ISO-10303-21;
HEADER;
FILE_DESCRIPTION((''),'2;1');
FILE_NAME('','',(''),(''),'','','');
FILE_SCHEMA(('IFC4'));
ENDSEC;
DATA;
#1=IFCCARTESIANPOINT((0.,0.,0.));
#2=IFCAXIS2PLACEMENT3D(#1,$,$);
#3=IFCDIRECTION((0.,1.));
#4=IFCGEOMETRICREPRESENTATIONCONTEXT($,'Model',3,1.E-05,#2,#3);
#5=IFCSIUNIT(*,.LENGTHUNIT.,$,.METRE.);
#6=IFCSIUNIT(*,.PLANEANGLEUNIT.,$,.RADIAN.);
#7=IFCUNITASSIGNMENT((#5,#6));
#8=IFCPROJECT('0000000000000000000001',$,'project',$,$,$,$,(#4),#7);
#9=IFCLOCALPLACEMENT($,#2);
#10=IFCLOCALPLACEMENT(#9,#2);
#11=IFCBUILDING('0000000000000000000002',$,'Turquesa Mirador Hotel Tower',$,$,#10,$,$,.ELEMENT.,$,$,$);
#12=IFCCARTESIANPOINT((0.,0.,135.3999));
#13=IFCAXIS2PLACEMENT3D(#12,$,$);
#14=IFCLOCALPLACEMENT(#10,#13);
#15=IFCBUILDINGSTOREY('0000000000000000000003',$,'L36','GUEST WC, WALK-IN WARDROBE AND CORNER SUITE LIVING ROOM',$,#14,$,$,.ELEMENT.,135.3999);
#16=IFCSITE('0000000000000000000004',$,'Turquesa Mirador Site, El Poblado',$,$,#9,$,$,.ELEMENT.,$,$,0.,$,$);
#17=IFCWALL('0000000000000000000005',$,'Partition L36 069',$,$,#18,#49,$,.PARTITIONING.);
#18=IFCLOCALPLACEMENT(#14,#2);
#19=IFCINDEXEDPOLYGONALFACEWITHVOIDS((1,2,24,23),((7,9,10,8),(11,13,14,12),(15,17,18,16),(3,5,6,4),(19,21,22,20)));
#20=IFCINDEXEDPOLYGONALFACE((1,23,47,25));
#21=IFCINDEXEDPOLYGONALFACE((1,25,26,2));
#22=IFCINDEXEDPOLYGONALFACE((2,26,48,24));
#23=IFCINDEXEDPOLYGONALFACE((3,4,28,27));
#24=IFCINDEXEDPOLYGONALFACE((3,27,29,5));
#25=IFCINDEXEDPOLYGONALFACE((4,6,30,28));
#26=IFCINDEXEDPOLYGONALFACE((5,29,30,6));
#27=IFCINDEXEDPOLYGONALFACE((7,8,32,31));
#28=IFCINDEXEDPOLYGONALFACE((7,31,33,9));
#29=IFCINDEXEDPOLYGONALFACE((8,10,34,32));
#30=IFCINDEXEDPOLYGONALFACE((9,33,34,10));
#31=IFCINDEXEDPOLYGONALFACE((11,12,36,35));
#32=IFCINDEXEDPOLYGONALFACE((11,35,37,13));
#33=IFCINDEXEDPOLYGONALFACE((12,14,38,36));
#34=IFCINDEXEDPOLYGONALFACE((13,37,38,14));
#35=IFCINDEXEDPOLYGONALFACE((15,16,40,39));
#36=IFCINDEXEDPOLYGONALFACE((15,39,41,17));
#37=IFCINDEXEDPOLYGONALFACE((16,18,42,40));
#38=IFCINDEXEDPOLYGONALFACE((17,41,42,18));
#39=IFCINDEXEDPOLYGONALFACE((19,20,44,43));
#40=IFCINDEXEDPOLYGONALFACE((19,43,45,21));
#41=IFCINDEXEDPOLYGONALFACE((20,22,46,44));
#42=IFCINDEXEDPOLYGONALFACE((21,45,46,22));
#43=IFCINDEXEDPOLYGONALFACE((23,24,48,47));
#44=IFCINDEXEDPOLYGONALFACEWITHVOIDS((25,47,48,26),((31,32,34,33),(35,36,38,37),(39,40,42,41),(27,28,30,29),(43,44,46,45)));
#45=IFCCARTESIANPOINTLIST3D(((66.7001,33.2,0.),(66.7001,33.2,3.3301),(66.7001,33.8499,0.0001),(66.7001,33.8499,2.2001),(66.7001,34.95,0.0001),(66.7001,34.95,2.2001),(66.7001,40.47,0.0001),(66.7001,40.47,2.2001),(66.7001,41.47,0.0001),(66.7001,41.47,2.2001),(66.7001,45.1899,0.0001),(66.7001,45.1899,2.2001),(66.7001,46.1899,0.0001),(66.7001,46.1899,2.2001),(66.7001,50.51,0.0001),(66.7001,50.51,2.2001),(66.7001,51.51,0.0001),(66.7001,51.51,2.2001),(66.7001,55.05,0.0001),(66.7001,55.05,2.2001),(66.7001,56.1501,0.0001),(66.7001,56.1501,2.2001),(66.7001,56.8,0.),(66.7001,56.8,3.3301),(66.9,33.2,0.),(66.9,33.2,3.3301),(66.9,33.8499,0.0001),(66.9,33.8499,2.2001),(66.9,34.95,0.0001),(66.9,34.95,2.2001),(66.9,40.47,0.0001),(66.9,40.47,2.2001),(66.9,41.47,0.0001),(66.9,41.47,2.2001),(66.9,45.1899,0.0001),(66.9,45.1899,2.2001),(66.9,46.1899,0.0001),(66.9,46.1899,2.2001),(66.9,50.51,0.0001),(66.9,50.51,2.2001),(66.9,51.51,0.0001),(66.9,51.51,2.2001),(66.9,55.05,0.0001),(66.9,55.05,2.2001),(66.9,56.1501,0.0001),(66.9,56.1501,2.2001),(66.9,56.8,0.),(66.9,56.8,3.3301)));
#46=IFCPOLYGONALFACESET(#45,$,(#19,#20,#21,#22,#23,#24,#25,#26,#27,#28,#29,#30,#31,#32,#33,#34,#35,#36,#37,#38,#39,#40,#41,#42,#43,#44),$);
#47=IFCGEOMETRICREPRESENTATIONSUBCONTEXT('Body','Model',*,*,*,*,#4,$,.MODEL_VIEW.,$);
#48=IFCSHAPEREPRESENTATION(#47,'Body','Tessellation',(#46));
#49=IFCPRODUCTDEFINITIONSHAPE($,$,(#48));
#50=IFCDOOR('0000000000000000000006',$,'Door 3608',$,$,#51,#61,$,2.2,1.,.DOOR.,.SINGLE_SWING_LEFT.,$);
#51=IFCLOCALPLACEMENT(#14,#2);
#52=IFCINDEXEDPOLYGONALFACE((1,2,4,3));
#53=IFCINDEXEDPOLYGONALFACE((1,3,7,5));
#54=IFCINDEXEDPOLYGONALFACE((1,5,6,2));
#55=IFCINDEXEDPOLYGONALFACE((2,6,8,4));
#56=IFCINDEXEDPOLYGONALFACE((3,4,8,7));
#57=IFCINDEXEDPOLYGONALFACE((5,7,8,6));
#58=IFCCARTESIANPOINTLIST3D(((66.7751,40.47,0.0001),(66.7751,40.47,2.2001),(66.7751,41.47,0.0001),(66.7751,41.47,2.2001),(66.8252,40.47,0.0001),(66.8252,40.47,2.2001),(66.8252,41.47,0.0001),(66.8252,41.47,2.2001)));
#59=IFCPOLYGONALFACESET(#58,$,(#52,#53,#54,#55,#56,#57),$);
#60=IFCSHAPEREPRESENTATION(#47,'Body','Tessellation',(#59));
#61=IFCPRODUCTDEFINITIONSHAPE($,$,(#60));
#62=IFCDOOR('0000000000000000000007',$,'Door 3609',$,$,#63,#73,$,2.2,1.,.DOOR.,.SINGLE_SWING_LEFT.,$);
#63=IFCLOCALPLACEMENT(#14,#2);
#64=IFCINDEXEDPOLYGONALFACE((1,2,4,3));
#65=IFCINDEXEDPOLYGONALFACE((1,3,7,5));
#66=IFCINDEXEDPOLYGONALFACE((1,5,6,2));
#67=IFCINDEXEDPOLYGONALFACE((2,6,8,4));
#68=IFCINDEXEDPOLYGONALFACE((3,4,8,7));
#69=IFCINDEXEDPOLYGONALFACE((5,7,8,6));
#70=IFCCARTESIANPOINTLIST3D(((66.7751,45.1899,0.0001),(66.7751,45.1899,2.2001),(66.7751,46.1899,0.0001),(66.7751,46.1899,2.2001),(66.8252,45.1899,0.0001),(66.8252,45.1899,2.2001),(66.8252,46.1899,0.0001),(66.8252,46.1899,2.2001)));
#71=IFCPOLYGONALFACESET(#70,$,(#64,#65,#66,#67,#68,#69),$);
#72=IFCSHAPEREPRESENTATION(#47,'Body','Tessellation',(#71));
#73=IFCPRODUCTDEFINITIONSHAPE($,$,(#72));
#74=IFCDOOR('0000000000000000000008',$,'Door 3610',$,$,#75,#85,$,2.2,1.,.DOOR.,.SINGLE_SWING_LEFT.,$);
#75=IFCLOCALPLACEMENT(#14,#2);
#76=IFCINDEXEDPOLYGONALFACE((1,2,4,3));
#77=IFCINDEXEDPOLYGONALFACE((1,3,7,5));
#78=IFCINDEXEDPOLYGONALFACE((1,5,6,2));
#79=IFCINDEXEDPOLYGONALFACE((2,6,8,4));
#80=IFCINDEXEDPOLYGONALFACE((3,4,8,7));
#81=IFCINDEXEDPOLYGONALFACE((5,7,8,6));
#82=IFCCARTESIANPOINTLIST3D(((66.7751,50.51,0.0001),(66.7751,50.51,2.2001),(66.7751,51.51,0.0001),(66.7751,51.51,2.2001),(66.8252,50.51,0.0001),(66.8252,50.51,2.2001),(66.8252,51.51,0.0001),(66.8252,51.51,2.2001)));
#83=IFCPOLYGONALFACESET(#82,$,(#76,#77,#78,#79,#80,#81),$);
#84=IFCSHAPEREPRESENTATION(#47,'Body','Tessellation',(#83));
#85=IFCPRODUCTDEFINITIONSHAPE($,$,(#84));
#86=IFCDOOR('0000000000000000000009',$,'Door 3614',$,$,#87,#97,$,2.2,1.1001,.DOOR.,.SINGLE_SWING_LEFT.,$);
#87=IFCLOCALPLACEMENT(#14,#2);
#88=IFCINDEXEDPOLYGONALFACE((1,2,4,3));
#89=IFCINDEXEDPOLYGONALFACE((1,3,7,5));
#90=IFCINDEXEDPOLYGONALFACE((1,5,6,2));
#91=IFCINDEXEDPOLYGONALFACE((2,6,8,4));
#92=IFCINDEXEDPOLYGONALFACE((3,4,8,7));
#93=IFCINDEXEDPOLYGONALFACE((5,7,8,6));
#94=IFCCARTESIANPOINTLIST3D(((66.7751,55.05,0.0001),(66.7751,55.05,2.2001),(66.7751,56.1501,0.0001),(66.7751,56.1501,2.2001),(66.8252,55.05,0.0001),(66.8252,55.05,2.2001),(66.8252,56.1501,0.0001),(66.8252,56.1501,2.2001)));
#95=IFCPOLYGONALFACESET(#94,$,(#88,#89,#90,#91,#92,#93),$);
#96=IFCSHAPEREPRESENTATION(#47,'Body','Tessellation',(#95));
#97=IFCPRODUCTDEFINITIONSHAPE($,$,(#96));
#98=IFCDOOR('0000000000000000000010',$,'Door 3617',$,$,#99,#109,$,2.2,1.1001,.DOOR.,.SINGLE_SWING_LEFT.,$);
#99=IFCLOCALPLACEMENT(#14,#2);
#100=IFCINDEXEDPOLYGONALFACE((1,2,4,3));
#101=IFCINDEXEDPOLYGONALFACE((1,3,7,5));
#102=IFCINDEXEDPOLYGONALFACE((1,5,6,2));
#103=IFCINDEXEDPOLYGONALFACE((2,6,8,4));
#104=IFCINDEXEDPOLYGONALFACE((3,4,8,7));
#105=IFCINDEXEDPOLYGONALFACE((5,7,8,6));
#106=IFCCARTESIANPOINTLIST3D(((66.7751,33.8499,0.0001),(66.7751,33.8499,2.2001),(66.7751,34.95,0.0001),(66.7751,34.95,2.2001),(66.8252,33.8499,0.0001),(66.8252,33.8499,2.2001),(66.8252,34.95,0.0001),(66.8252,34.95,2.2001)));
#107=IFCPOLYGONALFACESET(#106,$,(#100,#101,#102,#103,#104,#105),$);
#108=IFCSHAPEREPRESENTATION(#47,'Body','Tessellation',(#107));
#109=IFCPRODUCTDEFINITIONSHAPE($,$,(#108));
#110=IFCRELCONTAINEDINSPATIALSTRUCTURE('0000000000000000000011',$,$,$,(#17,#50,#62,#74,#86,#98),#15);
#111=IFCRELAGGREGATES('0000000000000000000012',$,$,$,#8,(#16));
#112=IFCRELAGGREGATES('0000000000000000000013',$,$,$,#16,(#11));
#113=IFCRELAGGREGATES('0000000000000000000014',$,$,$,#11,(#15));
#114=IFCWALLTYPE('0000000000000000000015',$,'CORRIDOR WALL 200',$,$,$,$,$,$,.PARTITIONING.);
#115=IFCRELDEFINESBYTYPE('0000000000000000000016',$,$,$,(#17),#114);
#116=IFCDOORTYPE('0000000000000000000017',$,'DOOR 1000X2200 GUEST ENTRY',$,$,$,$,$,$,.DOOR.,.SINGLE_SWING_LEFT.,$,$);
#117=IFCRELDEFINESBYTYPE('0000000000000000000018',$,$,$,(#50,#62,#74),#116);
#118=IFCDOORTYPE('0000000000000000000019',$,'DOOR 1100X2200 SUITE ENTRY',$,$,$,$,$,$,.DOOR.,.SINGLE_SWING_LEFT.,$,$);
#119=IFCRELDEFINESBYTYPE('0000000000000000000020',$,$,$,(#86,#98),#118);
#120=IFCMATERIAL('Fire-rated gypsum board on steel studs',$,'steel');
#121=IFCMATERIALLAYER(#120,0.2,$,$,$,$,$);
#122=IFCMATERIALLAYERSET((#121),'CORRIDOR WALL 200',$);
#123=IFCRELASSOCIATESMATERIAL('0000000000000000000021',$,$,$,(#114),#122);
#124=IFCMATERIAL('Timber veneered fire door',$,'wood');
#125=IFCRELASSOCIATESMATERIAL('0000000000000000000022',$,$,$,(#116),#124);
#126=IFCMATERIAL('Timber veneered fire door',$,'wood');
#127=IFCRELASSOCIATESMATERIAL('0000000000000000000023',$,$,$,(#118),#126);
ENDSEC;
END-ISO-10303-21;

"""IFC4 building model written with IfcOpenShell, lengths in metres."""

from ifc_helpers import new_model, si_unit, direction, frame, frame_2d, origin, place, context, subcontext, project, spatial, rectangle, extrude, material, layer, layer_set, type_object, element, fill, save


model = new_model("IFC4")

# Units and contexts
model_context = context("Model", 3, precision=1e-05, world=origin(), true_north=direction((0.0, 1.0)))
body_context = subcontext(model_context, "Body", "Model", "MODEL_VIEW")
ifc_project = project(units=[si_unit("LENGTHUNIT", "METRE"), si_unit("PLANEANGLEUNIT", "RADIAN")], contexts=[model_context])

# Site, building, storey
site_placement = place(None, origin())
site = spatial("IfcSite", under=ifc_project, at=site_placement, Name="Turquesa Mirador Site, El Poblado", CompositionType="ELEMENT", RefElevation=0.0)
building_placement = place(site_placement, origin())
building = spatial("IfcBuilding", under=site, at=building_placement, Name="Turquesa Mirador Hotel Tower", CompositionType="ELEMENT")
storey_placement = place(building_placement, frame((0.0, 0.0, 135.3999)))
storey = spatial("IfcBuildingStorey", under=building, at=storey_placement, Name="L36", Description="GUEST WC, WALK-IN WARDROBE AND CORNER SUITE LIVING ROOM", CompositionType="ELEMENT", Elevation=135.3999)

# Wall, openings, doors
ifc_material_1 = material(Name="Fire-rated gypsum board on steel studs", Category="steel")
ifc_layer_1 = layer(ifc_material_1, 0.2)
ifc_layer_set_1 = layer_set([ifc_layer_1], Name="CORRIDOR WALL 200")
wall_type_1 = type_object("IfcWallType", Name="CORRIDOR WALL 200", PredefinedType="PARTITIONING", material=ifc_layer_set_1)
wall_1_placement = place(storey_placement, frame((66.8, 33.2, 0.0), z_axis=(0.0, 0.0, 1.0), x_axis=(0.0, 1.0, 0.0)))
wall_1 = element("IfcWall", 1, at=wall_1_placement, inside=storey, type_object=wall_type_1, Name="Partition L36 069", PredefinedType="PARTITIONING", context=body_context, shape_type="SweptSolid", body=[
    extrude(rectangle(XDim=23.6001, YDim=0.2, at=frame_2d((11.8, 0.0))), origin(), (0.0, 0.0, 1.0), 3.3301),
])
opening_1_placement = place(wall_1_placement, frame((7.27, 0.0, 0.0)))
opening_1 = element("IfcOpeningElement", 2, at=opening_1_placement, cuts=wall_1, PredefinedType="OPENING", context=body_context, shape_type="SweptSolid", body=[
    extrude(rectangle(XDim=1.0, YDim=2.2, at=frame_2d((0.5, 1.1001))), frame((0.0, 0.1099, 0.0), z_axis=(0.0, -1.0, 0.0), x_axis=(1.0, 0.0, 0.0)), (0.0, 0.0, 1.0), 0.22),
])
opening_2_placement = place(wall_1_placement, frame((11.99, 0.0, 0.0)))
opening_2 = element("IfcOpeningElement", 3, at=opening_2_placement, cuts=wall_1, PredefinedType="OPENING", context=body_context, shape_type="SweptSolid", body=[
    extrude(rectangle(XDim=1.0, YDim=2.2, at=frame_2d((0.5, 1.1001))), frame((0.0, 0.1099, 0.0), z_axis=(0.0, -1.0, 0.0), x_axis=(1.0, 0.0, 0.0)), (0.0, 0.0, 1.0), 0.22),
])
opening_3_placement = place(wall_1_placement, frame((17.3101, 0.0, 0.0)))
opening_3 = element("IfcOpeningElement", 4, at=opening_3_placement, cuts=wall_1, PredefinedType="OPENING", context=body_context, shape_type="SweptSolid", body=[
    extrude(rectangle(XDim=1.0, YDim=2.2, at=frame_2d((0.5, 1.1001))), frame((0.0, 0.1099, 0.0), z_axis=(0.0, -1.0, 0.0), x_axis=(1.0, 0.0, 0.0)), (0.0, 0.0, 1.0), 0.22),
])
opening_4_placement = place(wall_1_placement, frame((21.8501, 0.0, 0.0)))
opening_4 = element("IfcOpeningElement", 5, at=opening_4_placement, cuts=wall_1, PredefinedType="OPENING", context=body_context, shape_type="SweptSolid", body=[
    extrude(rectangle(XDim=1.1001, YDim=2.2, at=frame_2d((0.55, 1.1001))), frame((0.0, 0.1099, 0.0), z_axis=(0.0, -1.0, 0.0), x_axis=(1.0, 0.0, 0.0)), (0.0, 0.0, 1.0), 0.22),
])
opening_5_placement = place(wall_1_placement, frame((0.6499, 0.0, 0.0)))
opening_5 = element("IfcOpeningElement", 6, at=opening_5_placement, cuts=wall_1, PredefinedType="OPENING", context=body_context, shape_type="SweptSolid", body=[
    extrude(rectangle(XDim=1.1001, YDim=2.2, at=frame_2d((0.55, 1.1001))), frame((0.0, 0.1099, 0.0), z_axis=(0.0, -1.0, 0.0), x_axis=(1.0, 0.0, 0.0)), (0.0, 0.0, 1.0), 0.22),
])
ifc_material_2 = material(Name="Timber veneered fire door", Category="wood")
door_type_1 = type_object("IfcDoorType", Name="DOOR 1000X2200 GUEST ENTRY", OperationType="SINGLE_SWING_LEFT", PredefinedType="DOOR", material=ifc_material_2)
door_1_placement = place(opening_1_placement, origin())
door_1 = element("IfcDoor", 7, at=door_1_placement, inside=storey, type_object=door_type_1, Name="Door 3608", OperationType="SINGLE_SWING_LEFT", OverallHeight=2.2, OverallWidth=1.0, PredefinedType="DOOR", context=body_context, shape_type="SweptSolid", body=[
    extrude(rectangle(XDim=1.0, YDim=2.2, at=frame_2d((0.5, 1.1001))), frame((0.0, 0.0249, 0.0), z_axis=(0.0, -1.0, 0.0), x_axis=(1.0, 0.0, 0.0)), (0.0, 0.0, 1.0), 0.05),
])
fill(opening_1, door_1)
door_2_placement = place(opening_2_placement, origin())
door_2 = element("IfcDoor", 8, at=door_2_placement, inside=storey, type_object=door_type_1, Name="Door 3609", OperationType="SINGLE_SWING_LEFT", OverallHeight=2.2, OverallWidth=1.0, PredefinedType="DOOR", context=body_context, shape_type="SweptSolid", body=[
    extrude(rectangle(XDim=1.0, YDim=2.2, at=frame_2d((0.5, 1.1001))), frame((0.0, 0.0249, 0.0), z_axis=(0.0, -1.0, 0.0), x_axis=(1.0, 0.0, 0.0)), (0.0, 0.0, 1.0), 0.05),
])
fill(opening_2, door_2)
door_3_placement = place(opening_3_placement, origin())
door_3 = element("IfcDoor", 9, at=door_3_placement, inside=storey, type_object=door_type_1, Name="Door 3610", OperationType="SINGLE_SWING_LEFT", OverallHeight=2.2, OverallWidth=1.0, PredefinedType="DOOR", context=body_context, shape_type="SweptSolid", body=[
    extrude(rectangle(XDim=1.0, YDim=2.2, at=frame_2d((0.5, 1.1001))), frame((0.0, 0.0249, 0.0), z_axis=(0.0, -1.0, 0.0), x_axis=(1.0, 0.0, 0.0)), (0.0, 0.0, 1.0), 0.05),
])
fill(opening_3, door_3)
ifc_material_3 = material(Name="Timber veneered fire door", Category="wood")
door_type_2 = type_object("IfcDoorType", Name="DOOR 1100X2200 SUITE ENTRY", OperationType="SINGLE_SWING_LEFT", PredefinedType="DOOR", material=ifc_material_3)
door_4_placement = place(opening_4_placement, origin())
door_4 = element("IfcDoor", 10, at=door_4_placement, inside=storey, type_object=door_type_2, Name="Door 3614", OperationType="SINGLE_SWING_LEFT", OverallHeight=2.2, OverallWidth=1.1001, PredefinedType="DOOR", context=body_context, shape_type="SweptSolid", body=[
    extrude(rectangle(XDim=1.1001, YDim=2.2, at=frame_2d((0.55, 1.1001))), frame((0.0, 0.0249, 0.0), z_axis=(0.0, -1.0, 0.0), x_axis=(1.0, 0.0, 0.0)), (0.0, 0.0, 1.0), 0.05),
])
fill(opening_4, door_4)
door_5_placement = place(opening_5_placement, origin())
door_5 = element("IfcDoor", 11, at=door_5_placement, inside=storey, type_object=door_type_2, Name="Door 3617", OperationType="SINGLE_SWING_LEFT", OverallHeight=2.2, OverallWidth=1.1001, PredefinedType="DOOR", context=body_context, shape_type="SweptSolid", body=[
    extrude(rectangle(XDim=1.1001, YDim=2.2, at=frame_2d((0.55, 1.1001))), frame((0.0, 0.0249, 0.0), z_axis=(0.0, -1.0, 0.0), x_axis=(1.0, 0.0, 0.0)), (0.0, 0.0, 1.0), 0.05),
])
fill(opening_5, door_5)

save(model, "model.ifc")
